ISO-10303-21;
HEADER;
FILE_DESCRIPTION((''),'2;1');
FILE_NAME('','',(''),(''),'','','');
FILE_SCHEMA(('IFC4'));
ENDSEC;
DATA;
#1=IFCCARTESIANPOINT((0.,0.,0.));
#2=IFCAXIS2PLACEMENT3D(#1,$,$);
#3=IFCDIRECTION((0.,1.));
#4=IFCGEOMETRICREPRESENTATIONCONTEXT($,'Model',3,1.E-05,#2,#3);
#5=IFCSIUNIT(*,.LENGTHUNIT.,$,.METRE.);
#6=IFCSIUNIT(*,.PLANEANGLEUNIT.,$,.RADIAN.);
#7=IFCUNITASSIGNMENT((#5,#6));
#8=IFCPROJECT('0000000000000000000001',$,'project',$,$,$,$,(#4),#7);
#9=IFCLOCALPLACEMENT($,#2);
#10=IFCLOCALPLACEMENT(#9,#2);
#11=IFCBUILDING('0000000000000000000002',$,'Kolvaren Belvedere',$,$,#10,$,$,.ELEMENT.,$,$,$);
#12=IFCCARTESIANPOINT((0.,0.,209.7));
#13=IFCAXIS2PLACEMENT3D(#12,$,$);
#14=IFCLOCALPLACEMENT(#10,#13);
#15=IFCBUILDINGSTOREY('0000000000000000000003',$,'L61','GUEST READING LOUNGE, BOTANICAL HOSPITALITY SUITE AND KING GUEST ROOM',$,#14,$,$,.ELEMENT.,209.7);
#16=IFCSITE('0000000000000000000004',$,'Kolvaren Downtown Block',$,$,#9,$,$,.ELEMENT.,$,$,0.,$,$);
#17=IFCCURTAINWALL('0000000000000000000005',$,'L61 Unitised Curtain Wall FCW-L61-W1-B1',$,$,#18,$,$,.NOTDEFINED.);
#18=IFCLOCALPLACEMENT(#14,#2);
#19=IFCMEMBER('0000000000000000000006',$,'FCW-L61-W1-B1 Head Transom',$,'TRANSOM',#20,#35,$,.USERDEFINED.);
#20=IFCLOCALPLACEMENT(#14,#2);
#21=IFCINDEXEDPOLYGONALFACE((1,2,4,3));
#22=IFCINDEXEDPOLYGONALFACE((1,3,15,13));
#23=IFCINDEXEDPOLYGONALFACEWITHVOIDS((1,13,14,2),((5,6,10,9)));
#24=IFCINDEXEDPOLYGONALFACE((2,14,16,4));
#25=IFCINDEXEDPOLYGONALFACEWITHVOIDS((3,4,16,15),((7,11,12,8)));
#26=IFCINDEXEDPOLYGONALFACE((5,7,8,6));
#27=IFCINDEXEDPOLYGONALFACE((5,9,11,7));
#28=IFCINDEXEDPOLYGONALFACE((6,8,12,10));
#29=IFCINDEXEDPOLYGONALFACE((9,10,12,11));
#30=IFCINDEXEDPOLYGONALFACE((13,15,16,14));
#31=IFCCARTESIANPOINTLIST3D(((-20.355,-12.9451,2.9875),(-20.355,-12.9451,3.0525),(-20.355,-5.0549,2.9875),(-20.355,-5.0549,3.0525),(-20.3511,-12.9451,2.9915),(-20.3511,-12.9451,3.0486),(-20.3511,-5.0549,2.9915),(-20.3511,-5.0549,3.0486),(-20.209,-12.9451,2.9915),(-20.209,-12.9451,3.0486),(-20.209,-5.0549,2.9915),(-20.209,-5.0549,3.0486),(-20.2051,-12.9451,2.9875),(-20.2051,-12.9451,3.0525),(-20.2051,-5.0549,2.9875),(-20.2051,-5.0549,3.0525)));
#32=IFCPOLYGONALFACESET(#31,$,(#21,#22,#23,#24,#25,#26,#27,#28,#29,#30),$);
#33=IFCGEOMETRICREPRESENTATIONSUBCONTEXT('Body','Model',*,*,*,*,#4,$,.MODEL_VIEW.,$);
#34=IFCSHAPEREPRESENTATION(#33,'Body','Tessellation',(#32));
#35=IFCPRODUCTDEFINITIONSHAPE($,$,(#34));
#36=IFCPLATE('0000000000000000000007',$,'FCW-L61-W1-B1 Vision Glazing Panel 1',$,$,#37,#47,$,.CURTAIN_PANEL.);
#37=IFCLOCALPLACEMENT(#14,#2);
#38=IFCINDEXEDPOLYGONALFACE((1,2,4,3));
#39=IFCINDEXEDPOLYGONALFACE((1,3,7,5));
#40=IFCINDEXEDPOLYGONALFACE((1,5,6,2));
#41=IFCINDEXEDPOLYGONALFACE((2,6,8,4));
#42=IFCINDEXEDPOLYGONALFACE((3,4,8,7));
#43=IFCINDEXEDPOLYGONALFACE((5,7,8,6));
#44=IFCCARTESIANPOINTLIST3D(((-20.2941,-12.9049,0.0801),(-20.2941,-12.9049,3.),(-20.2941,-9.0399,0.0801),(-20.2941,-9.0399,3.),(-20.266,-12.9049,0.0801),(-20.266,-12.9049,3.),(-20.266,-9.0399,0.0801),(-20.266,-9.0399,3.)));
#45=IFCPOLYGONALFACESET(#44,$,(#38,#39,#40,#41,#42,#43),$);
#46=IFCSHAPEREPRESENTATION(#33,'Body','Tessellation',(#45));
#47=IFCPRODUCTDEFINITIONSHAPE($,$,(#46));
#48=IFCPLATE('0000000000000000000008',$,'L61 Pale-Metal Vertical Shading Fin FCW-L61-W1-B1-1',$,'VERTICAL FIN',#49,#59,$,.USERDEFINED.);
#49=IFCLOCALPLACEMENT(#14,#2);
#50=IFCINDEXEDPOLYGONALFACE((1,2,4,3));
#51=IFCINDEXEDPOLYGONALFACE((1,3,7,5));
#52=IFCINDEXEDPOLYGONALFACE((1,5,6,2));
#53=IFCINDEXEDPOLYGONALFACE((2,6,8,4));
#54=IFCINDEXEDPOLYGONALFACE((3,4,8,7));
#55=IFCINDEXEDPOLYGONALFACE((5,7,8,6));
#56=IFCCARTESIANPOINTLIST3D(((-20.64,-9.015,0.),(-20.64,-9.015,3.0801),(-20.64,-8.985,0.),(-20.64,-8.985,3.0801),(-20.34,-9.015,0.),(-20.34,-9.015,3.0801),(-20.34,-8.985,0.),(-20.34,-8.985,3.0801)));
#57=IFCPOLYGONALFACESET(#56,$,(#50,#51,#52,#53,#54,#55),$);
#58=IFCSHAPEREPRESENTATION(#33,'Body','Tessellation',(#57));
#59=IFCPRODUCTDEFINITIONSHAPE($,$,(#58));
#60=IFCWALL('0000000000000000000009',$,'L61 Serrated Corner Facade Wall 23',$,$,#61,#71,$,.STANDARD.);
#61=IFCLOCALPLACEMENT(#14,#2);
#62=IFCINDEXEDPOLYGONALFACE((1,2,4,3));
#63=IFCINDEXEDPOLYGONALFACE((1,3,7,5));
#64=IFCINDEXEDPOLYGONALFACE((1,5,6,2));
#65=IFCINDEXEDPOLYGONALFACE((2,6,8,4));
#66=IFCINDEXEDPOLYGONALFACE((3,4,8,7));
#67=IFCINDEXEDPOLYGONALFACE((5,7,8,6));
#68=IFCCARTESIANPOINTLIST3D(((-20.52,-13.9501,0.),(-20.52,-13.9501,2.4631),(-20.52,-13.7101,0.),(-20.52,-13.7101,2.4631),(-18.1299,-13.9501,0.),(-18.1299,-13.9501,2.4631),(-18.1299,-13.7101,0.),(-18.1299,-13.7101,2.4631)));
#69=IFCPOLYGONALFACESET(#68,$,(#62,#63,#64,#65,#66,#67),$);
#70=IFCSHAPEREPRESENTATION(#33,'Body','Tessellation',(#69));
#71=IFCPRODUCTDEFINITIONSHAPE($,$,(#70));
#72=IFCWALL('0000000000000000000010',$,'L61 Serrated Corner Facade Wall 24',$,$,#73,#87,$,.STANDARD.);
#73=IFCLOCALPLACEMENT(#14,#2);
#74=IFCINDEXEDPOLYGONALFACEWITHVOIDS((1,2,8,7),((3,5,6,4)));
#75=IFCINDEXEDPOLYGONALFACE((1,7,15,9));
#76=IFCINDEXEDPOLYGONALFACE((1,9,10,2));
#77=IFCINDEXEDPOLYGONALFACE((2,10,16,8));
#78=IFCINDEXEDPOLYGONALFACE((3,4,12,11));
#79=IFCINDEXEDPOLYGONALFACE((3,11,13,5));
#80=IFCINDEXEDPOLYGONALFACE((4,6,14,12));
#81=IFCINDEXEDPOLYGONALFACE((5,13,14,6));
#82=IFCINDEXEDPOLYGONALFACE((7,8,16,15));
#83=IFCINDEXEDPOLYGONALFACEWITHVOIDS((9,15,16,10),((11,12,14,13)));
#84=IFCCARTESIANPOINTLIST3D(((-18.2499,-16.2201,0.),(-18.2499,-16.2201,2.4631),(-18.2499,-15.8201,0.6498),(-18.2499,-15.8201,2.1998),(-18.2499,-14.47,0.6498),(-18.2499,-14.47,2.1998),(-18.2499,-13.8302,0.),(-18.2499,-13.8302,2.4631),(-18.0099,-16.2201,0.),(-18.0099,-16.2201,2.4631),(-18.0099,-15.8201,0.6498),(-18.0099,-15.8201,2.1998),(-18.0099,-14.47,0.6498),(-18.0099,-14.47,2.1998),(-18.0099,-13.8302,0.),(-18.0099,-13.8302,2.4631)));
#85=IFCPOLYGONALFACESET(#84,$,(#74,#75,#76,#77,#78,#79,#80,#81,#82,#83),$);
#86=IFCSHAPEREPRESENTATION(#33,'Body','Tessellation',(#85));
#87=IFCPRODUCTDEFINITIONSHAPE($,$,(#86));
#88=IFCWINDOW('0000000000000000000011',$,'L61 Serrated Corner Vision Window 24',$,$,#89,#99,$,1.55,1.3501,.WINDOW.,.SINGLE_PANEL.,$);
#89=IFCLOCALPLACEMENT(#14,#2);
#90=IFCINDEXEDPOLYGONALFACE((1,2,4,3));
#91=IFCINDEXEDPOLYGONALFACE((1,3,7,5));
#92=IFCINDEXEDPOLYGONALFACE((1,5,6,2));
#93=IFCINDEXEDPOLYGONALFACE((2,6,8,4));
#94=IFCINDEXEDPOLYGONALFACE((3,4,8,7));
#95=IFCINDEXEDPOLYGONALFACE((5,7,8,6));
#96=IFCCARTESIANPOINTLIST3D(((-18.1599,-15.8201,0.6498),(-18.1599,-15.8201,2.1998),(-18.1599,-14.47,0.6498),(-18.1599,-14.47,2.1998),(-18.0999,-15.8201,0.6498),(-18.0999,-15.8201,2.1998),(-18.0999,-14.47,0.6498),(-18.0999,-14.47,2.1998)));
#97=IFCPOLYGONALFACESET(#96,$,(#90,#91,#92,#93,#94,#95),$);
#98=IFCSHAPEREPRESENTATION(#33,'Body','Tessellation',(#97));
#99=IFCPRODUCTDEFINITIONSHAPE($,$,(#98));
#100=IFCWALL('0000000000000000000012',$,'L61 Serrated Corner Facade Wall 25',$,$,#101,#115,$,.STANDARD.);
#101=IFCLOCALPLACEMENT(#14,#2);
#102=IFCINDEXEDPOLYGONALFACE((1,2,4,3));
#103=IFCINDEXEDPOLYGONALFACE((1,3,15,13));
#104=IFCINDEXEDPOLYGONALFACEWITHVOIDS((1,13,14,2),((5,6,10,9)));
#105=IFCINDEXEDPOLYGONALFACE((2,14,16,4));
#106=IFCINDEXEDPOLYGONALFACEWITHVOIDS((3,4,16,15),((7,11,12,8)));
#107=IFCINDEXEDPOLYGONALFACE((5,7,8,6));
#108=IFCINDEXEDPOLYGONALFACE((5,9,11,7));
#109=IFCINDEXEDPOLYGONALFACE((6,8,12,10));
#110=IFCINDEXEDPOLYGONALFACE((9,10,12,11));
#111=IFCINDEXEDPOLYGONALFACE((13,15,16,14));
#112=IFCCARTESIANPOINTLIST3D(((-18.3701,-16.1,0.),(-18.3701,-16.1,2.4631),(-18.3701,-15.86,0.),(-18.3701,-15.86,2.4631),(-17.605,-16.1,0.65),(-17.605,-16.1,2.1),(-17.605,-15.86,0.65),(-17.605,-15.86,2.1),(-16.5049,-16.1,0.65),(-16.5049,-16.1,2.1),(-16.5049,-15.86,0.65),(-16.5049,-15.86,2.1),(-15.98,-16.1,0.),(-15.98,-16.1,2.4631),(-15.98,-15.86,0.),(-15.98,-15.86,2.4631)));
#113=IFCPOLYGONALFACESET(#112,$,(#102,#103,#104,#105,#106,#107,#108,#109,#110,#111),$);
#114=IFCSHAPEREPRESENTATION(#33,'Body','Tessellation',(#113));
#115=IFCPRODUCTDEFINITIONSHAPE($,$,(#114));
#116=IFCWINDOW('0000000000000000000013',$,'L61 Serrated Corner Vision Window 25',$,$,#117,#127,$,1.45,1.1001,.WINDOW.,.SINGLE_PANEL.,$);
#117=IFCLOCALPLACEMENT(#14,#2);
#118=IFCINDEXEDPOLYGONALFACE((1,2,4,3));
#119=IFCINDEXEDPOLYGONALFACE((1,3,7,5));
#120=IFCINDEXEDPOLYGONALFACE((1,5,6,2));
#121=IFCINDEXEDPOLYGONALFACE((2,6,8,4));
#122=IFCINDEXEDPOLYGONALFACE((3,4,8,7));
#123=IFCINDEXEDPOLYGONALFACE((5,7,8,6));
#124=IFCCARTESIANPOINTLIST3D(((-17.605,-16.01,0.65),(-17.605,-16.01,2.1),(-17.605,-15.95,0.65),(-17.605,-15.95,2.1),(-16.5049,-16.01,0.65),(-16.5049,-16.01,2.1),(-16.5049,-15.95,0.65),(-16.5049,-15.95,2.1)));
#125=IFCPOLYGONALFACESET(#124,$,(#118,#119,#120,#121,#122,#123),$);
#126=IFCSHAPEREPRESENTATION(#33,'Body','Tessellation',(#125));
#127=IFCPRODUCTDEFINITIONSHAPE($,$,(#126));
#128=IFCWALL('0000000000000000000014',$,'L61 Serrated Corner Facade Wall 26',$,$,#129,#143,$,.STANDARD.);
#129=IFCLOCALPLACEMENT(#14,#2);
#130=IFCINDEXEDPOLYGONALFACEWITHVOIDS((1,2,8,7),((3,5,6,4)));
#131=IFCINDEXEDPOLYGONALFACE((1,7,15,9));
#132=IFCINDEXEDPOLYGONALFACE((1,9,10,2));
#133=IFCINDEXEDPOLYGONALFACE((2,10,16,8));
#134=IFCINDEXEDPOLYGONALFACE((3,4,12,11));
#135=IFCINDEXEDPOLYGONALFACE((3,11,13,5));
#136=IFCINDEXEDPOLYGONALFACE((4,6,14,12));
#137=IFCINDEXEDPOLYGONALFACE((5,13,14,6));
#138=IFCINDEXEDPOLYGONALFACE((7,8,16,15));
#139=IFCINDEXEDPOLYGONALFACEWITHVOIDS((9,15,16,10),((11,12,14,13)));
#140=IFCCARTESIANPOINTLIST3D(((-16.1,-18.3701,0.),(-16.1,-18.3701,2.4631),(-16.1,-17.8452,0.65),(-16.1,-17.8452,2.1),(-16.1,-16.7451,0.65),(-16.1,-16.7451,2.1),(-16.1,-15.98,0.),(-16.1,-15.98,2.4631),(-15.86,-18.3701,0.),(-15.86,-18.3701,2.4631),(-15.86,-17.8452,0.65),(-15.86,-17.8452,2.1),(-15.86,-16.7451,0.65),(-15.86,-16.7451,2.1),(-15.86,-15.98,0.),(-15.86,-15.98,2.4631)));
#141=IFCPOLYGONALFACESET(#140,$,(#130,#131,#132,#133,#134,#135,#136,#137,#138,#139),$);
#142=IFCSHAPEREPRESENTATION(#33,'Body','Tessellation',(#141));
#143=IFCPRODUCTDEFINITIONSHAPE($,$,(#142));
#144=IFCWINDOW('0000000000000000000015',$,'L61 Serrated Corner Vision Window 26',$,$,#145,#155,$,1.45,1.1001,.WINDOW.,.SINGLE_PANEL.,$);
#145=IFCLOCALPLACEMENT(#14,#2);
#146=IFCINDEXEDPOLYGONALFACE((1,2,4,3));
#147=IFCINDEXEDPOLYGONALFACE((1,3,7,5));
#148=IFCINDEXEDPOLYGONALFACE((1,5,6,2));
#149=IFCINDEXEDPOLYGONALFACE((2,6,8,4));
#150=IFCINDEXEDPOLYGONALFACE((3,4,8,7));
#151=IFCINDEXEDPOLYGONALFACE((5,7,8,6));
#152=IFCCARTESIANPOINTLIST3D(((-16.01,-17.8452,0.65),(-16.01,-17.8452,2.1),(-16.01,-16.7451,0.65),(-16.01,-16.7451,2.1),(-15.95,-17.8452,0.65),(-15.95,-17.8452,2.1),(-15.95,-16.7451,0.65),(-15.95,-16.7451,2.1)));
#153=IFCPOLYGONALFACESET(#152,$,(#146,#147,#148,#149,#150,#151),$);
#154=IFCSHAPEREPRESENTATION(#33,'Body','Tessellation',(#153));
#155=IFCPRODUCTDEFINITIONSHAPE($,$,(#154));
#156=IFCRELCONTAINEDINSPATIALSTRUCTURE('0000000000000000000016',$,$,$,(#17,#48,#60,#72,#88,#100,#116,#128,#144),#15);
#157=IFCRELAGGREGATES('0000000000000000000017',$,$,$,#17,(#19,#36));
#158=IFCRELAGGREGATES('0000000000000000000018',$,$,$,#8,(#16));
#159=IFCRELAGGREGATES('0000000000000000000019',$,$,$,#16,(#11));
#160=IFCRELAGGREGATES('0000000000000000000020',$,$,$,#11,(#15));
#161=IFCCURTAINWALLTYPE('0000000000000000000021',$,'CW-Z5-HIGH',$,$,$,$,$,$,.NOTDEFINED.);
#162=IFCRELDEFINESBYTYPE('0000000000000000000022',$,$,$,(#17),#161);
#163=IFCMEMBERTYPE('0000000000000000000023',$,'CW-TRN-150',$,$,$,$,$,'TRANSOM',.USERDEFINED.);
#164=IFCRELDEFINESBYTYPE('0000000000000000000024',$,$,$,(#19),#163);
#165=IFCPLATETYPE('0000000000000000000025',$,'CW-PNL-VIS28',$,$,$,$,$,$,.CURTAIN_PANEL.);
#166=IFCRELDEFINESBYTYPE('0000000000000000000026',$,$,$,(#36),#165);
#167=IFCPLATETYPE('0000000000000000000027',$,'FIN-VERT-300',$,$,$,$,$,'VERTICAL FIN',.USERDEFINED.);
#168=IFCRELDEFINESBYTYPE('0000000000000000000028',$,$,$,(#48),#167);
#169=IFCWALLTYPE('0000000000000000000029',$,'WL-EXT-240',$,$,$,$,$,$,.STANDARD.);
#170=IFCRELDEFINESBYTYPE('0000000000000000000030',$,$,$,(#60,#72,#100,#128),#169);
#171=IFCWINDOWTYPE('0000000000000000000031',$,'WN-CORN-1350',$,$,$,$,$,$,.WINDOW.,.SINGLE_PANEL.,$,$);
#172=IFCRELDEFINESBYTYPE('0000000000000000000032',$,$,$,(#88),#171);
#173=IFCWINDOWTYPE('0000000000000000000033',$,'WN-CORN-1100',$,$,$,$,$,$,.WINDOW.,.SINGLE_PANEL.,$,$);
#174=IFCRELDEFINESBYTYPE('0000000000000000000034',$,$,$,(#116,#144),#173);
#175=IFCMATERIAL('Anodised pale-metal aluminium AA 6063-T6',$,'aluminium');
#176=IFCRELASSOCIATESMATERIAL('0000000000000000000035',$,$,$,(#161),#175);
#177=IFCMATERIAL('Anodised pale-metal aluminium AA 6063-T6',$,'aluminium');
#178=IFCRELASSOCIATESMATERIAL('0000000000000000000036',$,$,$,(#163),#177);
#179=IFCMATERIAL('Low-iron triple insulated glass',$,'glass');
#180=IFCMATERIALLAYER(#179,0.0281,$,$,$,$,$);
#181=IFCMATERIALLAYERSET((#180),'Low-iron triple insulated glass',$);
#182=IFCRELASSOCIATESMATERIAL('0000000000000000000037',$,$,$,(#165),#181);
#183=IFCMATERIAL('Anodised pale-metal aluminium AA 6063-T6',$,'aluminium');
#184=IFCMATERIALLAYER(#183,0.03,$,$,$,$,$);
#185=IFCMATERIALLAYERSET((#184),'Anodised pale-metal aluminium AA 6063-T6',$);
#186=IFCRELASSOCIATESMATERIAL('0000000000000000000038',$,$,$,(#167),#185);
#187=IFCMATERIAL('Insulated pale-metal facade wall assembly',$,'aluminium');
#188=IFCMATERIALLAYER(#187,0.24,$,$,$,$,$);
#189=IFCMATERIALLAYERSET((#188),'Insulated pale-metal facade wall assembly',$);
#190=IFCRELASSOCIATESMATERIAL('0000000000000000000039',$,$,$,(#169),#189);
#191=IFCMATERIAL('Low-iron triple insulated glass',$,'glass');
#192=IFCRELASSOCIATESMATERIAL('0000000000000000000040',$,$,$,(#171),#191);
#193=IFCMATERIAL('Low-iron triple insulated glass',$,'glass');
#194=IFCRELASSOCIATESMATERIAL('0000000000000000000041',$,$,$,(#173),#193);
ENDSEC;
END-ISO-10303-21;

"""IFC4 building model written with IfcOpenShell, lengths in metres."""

from ifc_helpers import new_model, si_unit, direction, frame, frame_2d, origin, origin_2d, place, context, subcontext, project, spatial, rectangle, hollow_rectangle, extrude, material, layer, layer_set, material_profile, profile_set, type_object, element, fill, aggregate, save


model = new_model("IFC4")

# Units and contexts
model_context = context("Model", 3, precision=1e-05, world=origin(), true_north=direction((0.0, 1.0)))
body_context = subcontext(model_context, "Body", "Model", "MODEL_VIEW")
ifc_project = project(units=[si_unit("LENGTHUNIT", "METRE"), si_unit("PLANEANGLEUNIT", "RADIAN")], contexts=[model_context])

# Site, building, storey
site_placement = place(None, origin())
site = spatial("IfcSite", under=ifc_project, at=site_placement, Name="Kolvaren Downtown Block", CompositionType="ELEMENT", RefElevation=0.0)
building_placement = place(site_placement, origin())
building = spatial("IfcBuilding", under=site, at=building_placement, Name="Kolvaren Belvedere", CompositionType="ELEMENT")
storey_placement = place(building_placement, frame((0.0, 0.0, 209.7)))
storey = spatial("IfcBuildingStorey", under=building, at=storey_placement, Name="L61", Description="GUEST READING LOUNGE, BOTANICAL HOSPITALITY SUITE AND KING GUEST ROOM", CompositionType="ELEMENT", Elevation=209.7)

# Curtain wall, member, plate
ifc_material_1 = material(Name="Anodised pale-metal aluminium AA 6063-T6", Category="aluminium")
curtain_wall_type = type_object("IfcCurtainWallType", Name="CW-Z5-HIGH", PredefinedType="NOTDEFINED", material=ifc_material_1)
curtain_wall_placement = place(storey_placement, origin())
curtain_wall = element("IfcCurtainWall", 1, at=curtain_wall_placement, inside=storey, type_object=curtain_wall_type, Name="L61 Unitised Curtain Wall FCW-L61-W1-B1", PredefinedType="NOTDEFINED")
ifc_material_2 = material(Name="Anodised pale-metal aluminium AA 6063-T6", Category="aluminium")
ifc_material_profile_1 = material_profile(ifc_material_2, hollow_rectangle(XDim=0.0649, YDim=0.1499, WallThickness=0.0039, at=origin_2d()), Name="ALU-TRN-150X65")
ifc_profile_set_1 = profile_set([ifc_material_profile_1], Name="Anodised pale-metal aluminium AA 6063-T6")
member_type_1 = type_object("IfcMemberType", Name="CW-TRN-150", ElementType="TRANSOM", PredefinedType="USERDEFINED", material=ifc_profile_set_1)
member_1_placement = place(storey_placement, frame((-20.28, -12.9451, 3.02), z_axis=(0.0, 1.0, 0.0), x_axis=(0.0, 0.0, 1.0)))
member_1 = element("IfcMember", 2, at=member_1_placement, type_object=member_type_1, Name="FCW-L61-W1-B1 Head Transom", ObjectType="TRANSOM", PredefinedType="USERDEFINED", context=body_context, shape_type="SweptSolid", body=[
    extrude(hollow_rectangle(XDim=0.0649, YDim=0.1499, WallThickness=0.0039, at=origin_2d()), origin(), (0.0, 0.0, 1.0), 7.8901),
])
ifc_material_3 = material(Name="Low-iron triple insulated glass", Category="glass")
ifc_layer_1 = layer(ifc_material_3, 0.0281)
ifc_layer_set_1 = layer_set([ifc_layer_1], Name="Low-iron triple insulated glass")
plate_type_1 = type_object("IfcPlateType", Name="CW-PNL-VIS28", PredefinedType="CURTAIN_PANEL", material=ifc_layer_set_1)
plate_1_placement = place(storey_placement, frame((-20.28, -10.9724, 0.0801), z_axis=(0.0, 0.0, 1.0), x_axis=(0.0, 1.0, 0.0)))
plate_1 = element("IfcPlate", 3, at=plate_1_placement, type_object=plate_type_1, Name="FCW-L61-W1-B1 Vision Glazing Panel 1", PredefinedType="CURTAIN_PANEL", context=body_context, shape_type="SweptSolid", body=[
    extrude(rectangle(XDim=3.865, YDim=0.0281, at=origin_2d()), origin(), (0.0, 0.0, 1.0), 2.9199),
])
aggregate(curtain_wall, [member_1, plate_1])

# Plate
ifc_material_4 = material(Name="Anodised pale-metal aluminium AA 6063-T6", Category="aluminium")
ifc_layer_2 = layer(ifc_material_4, 0.03)
ifc_layer_set_2 = layer_set([ifc_layer_2], Name="Anodised pale-metal aluminium AA 6063-T6")
plate_type_2 = type_object("IfcPlateType", Name="FIN-VERT-300", ElementType="VERTICAL FIN", PredefinedType="USERDEFINED", material=ifc_layer_set_2)
plate_2_placement = place(storey_placement, frame((-20.49, -9.0, 0.0), z_axis=(0.0, 0.0, 1.0), x_axis=(1.0, 0.0, 0.0)))
element("IfcPlate", 4, at=plate_2_placement, inside=storey, type_object=plate_type_2, Name="L61 Pale-Metal Vertical Shading Fin FCW-L61-W1-B1-1", ObjectType="VERTICAL FIN", PredefinedType="USERDEFINED", context=body_context, shape_type="SweptSolid", body=[
    extrude(rectangle(XDim=0.3, YDim=0.03, at=origin_2d()), origin(), (0.0, 0.0, 1.0), 3.0801),
])

# Wall
ifc_material_5 = material(Name="Insulated pale-metal facade wall assembly", Category="aluminium")
ifc_layer_3 = layer(ifc_material_5, 0.24)
ifc_layer_set_3 = layer_set([ifc_layer_3], Name="Insulated pale-metal facade wall assembly")
wall_type_1 = type_object("IfcWallType", Name="WL-EXT-240", PredefinedType="STANDARD", material=ifc_layer_set_3)
wall_1_placement = place(storey_placement, frame((-18.1299, -13.8301, 0.0), z_axis=(0.0, 0.0, 1.0), x_axis=(-1.0, 0.0, 0.0)))
element("IfcWall", 5, at=wall_1_placement, inside=storey, type_object=wall_type_1, Name="L61 Serrated Corner Facade Wall 23", PredefinedType="STANDARD", context=body_context, shape_type="SweptSolid", body=[
    extrude(rectangle(XDim=2.3901, YDim=0.24, at=frame_2d((1.1951, 0.0))), origin(), (0.0, 0.0, 1.0), 2.4631),
])

# Walls, openings, windows
wall_2_placement = place(storey_placement, frame((-18.1299, -16.22, 0.0), z_axis=(0.0, 0.0, 1.0), x_axis=(0.0, 1.0, 0.0)))
wall_2 = element("IfcWall", 6, at=wall_2_placement, inside=storey, type_object=wall_type_1, Name="L61 Serrated Corner Facade Wall 24", PredefinedType="STANDARD", context=body_context, shape_type="SweptSolid", body=[
    extrude(rectangle(XDim=2.3899, YDim=0.24, at=frame_2d((1.1948, 0.0))), origin(), (0.0, 0.0, 1.0), 2.4631),
])
opening_1_placement = place(wall_2_placement, frame((0.3999, 0.0, 0.6499)))
opening_1 = element("IfcOpeningElement", 7, at=opening_1_placement, cuts=wall_2, PredefinedType="OPENING", context=body_context, shape_type="SweptSolid", body=[
    extrude(rectangle(XDim=1.3501, YDim=1.55, at=frame_2d((0.675, 0.7749))), frame((0.0, 0.1299, 0.0), z_axis=(0.0, -1.0, 0.0), x_axis=(1.0, 0.0, 0.0)), (0.0, 0.0, 1.0), 0.26),
])
ifc_material_6 = material(Name="Low-iron triple insulated glass", Category="glass")
window_type_1 = type_object("IfcWindowType", Name="WN-CORN-1350", PartitioningType="SINGLE_PANEL", PredefinedType="WINDOW", material=ifc_material_6)
window_1_placement = place(opening_1_placement, origin())
window_1 = element("IfcWindow", 8, at=window_1_placement, inside=storey, type_object=window_type_1, Name="L61 Serrated Corner Vision Window 24", OverallHeight=1.55, OverallWidth=1.3501, PartitioningType="SINGLE_PANEL", PredefinedType="WINDOW", context=body_context, shape_type="SweptSolid", body=[
    extrude(rectangle(XDim=1.3501, YDim=1.55, at=frame_2d((0.675, 0.7749))), frame((0.0, 0.03, 0.0), z_axis=(0.0, -1.0, 0.0), x_axis=(1.0, 0.0, 0.0)), (0.0, 0.0, 1.0), 0.0601),
])
fill(opening_1, window_1)
wall_3_placement = place(storey_placement, frame((-15.98, -15.98, 0.0), z_axis=(0.0, 0.0, 1.0), x_axis=(-1.0, 0.0, 0.0)))
wall_3 = element("IfcWall", 9, at=wall_3_placement, inside=storey, type_object=wall_type_1, Name="L61 Serrated Corner Facade Wall 25", PredefinedType="STANDARD", context=body_context, shape_type="SweptSolid", body=[
    extrude(rectangle(XDim=2.3901, YDim=0.24, at=frame_2d((1.1951, 0.0))), origin(), (0.0, 0.0, 1.0), 2.4631),
])
opening_2_placement = place(wall_3_placement, frame((0.5249, 0.0, 0.6499)))
opening_2 = element("IfcOpeningElement", 10, at=opening_2_placement, cuts=wall_3, PredefinedType="OPENING", context=body_context, shape_type="SweptSolid", body=[
    extrude(rectangle(XDim=1.1001, YDim=1.45, at=frame_2d((0.55, 0.7251))), frame((0.0, 0.1299, 0.0), z_axis=(0.0, -1.0, 0.0), x_axis=(1.0, 0.0, 0.0)), (0.0, 0.0, 1.0), 0.26),
])
ifc_material_7 = material(Name="Low-iron triple insulated glass", Category="glass")
window_type_2 = type_object("IfcWindowType", Name="WN-CORN-1100", PartitioningType="SINGLE_PANEL", PredefinedType="WINDOW", material=ifc_material_7)
window_2_placement = place(opening_2_placement, origin())
window_2 = element("IfcWindow", 11, at=window_2_placement, inside=storey, type_object=window_type_2, Name="L61 Serrated Corner Vision Window 25", OverallHeight=1.45, OverallWidth=1.1001, PartitioningType="SINGLE_PANEL", PredefinedType="WINDOW", context=body_context, shape_type="SweptSolid", body=[
    extrude(rectangle(XDim=1.1001, YDim=1.45, at=frame_2d((0.55, 0.7251))), frame((0.0, 0.03, 0.0), z_axis=(0.0, -1.0, 0.0), x_axis=(1.0, 0.0, 0.0)), (0.0, 0.0, 1.0), 0.0601),
])
fill(opening_2, window_2)
wall_4_placement = place(storey_placement, frame((-15.98, -18.3701, 0.0), z_axis=(0.0, 0.0, 1.0), x_axis=(0.0, 1.0, 0.0)))
wall_4 = element("IfcWall", 12, at=wall_4_placement, inside=storey, type_object=wall_type_1, Name="L61 Serrated Corner Facade Wall 26", PredefinedType="STANDARD", context=body_context, shape_type="SweptSolid", body=[
    extrude(rectangle(XDim=2.3901, YDim=0.24, at=frame_2d((1.1951, 0.0))), origin(), (0.0, 0.0, 1.0), 2.4631),
])
opening_3_placement = place(wall_4_placement, frame((0.5249, 0.0, 0.6499)))
opening_3 = element("IfcOpeningElement", 13, at=opening_3_placement, cuts=wall_4, PredefinedType="OPENING", context=body_context, shape_type="SweptSolid", body=[
    extrude(rectangle(XDim=1.1001, YDim=1.45, at=frame_2d((0.55, 0.7251))), frame((0.0, 0.1299, 0.0), z_axis=(0.0, -1.0, 0.0), x_axis=(1.0, 0.0, 0.0)), (0.0, 0.0, 1.0), 0.26),
])
window_3_placement = place(opening_3_placement, origin())
window_3 = element("IfcWindow", 14, at=window_3_placement, inside=storey, type_object=window_type_2, Name="L61 Serrated Corner Vision Window 26", OverallHeight=1.45, OverallWidth=1.1001, PartitioningType="SINGLE_PANEL", PredefinedType="WINDOW", context=body_context, shape_type="SweptSolid", body=[
    extrude(rectangle(XDim=1.1001, YDim=1.45, at=frame_2d((0.55, 0.7251))), frame((0.0, 0.03, 0.0), z_axis=(0.0, -1.0, 0.0), x_axis=(1.0, 0.0, 0.0)), (0.0, 0.0, 1.0), 0.0601),
])
fill(opening_3, window_3)

save(model, "model.ifc")
